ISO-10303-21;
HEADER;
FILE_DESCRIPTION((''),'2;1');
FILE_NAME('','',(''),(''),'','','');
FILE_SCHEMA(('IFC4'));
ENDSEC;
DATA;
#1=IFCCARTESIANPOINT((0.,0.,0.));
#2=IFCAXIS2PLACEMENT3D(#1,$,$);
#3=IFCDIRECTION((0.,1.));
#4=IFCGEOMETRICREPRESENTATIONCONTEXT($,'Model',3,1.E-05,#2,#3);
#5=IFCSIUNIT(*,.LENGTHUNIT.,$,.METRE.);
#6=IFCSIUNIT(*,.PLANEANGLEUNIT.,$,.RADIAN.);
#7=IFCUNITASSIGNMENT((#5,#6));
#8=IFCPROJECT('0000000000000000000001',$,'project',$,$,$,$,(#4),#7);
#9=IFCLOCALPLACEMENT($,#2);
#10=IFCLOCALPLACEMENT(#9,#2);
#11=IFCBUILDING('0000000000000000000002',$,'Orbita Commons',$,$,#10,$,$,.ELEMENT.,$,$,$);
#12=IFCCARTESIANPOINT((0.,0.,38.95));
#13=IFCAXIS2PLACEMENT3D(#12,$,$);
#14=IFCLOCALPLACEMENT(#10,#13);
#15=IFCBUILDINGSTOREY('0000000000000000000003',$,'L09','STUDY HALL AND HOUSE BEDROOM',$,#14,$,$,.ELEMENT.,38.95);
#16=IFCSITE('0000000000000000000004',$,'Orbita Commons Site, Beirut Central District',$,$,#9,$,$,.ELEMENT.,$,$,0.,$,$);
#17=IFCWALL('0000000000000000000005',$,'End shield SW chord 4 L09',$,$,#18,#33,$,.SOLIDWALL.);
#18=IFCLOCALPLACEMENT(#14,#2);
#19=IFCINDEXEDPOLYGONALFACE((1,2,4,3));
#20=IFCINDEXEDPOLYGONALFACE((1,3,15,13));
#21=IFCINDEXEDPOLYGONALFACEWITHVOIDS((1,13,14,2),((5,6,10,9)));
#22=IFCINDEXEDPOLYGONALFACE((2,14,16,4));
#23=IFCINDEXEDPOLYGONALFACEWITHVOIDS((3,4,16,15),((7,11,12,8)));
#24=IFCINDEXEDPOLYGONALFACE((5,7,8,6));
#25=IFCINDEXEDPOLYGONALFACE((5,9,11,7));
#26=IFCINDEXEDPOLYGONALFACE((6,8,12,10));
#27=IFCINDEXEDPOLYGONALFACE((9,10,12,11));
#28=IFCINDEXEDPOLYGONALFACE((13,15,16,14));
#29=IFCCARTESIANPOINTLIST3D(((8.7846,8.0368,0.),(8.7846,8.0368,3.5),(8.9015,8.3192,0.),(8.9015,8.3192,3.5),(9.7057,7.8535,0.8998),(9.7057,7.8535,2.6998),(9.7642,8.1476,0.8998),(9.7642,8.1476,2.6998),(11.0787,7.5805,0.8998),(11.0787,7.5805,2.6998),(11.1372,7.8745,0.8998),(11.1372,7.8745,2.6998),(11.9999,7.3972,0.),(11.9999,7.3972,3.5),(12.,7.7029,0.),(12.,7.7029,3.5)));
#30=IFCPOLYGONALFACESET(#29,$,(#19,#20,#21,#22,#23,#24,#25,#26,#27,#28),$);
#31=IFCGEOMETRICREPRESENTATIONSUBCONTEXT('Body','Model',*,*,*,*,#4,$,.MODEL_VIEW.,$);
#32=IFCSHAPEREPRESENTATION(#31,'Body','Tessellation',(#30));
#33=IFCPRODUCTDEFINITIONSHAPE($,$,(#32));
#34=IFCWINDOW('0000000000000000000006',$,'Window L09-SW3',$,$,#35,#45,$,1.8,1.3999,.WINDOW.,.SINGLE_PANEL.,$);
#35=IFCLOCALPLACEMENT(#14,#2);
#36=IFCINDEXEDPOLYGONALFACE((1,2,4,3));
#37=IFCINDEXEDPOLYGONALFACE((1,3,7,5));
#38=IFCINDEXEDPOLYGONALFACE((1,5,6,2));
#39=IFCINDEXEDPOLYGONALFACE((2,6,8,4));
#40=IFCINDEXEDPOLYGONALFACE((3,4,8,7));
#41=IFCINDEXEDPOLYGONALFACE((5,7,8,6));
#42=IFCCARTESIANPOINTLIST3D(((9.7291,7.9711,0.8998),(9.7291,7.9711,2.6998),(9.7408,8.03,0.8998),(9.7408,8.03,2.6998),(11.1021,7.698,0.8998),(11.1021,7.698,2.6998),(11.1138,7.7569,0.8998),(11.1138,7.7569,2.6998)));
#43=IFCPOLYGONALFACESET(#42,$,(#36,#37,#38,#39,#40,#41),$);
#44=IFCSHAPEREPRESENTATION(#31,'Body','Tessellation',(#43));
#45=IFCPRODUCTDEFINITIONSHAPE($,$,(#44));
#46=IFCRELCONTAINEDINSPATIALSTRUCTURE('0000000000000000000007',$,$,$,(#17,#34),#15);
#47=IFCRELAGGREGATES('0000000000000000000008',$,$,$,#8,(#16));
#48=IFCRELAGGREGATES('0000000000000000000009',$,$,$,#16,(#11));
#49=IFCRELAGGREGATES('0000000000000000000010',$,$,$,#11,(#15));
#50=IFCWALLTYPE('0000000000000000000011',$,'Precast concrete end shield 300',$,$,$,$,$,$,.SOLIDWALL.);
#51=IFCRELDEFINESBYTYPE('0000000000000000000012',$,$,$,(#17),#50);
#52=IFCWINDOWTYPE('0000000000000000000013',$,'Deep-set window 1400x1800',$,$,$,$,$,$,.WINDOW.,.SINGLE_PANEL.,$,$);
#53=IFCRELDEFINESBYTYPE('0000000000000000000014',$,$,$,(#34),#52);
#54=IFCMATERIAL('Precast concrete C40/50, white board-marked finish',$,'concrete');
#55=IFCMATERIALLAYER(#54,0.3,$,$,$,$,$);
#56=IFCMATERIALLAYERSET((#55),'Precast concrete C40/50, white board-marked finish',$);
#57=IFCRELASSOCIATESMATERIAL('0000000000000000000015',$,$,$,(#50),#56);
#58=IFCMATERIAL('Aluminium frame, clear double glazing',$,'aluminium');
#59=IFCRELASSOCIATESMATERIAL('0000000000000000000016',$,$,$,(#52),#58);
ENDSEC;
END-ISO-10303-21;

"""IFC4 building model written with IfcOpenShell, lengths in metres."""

from ifc_helpers import new_model, si_unit, direction, frame, frame_2d, origin, place, context, subcontext, project, spatial, polyline, rectangle, outline, extrude, material, layer, layer_set, type_object, element, fill, save


model = new_model("IFC4")

# Units and contexts
model_context = context("Model", 3, precision=1e-05, world=origin(), true_north=direction((0.0, 1.0)))
body_context = subcontext(model_context, "Body", "Model", "MODEL_VIEW")
ifc_project = project(units=[si_unit("LENGTHUNIT", "METRE"), si_unit("PLANEANGLEUNIT", "RADIAN")], contexts=[model_context])

# Site, building, storey
site_placement = place(None, origin())
site = spatial("IfcSite", under=ifc_project, at=site_placement, Name="Orbita Commons Site, Beirut Central District", CompositionType="ELEMENT", RefElevation=0.0)
building_placement = place(site_placement, origin())
building = spatial("IfcBuilding", under=site, at=building_placement, Name="Orbita Commons", CompositionType="ELEMENT")
storey_placement = place(building_placement, frame((0.0, 0.0, 38.95)))
storey = spatial("IfcBuildingStorey", under=building, at=storey_placement, Name="L09", Description="STUDY HALL AND HOUSE BEDROOM", CompositionType="ELEMENT", Elevation=38.95)

# Wall, opening, window
ifc_material_1 = material(Name="Precast concrete C40/50, white board-marked finish", Category="concrete")
ifc_layer_1 = layer(ifc_material_1, 0.3)
ifc_layer_set_1 = layer_set([ifc_layer_1], Name="Precast concrete C40/50, white board-marked finish")
wall_type_1 = type_object("IfcWallType", Name="Precast concrete end shield 300", PredefinedType="SOLIDWALL", material=ifc_layer_set_1)
ifc_material_2 = material(Name="Aluminium frame, clear double glazing", Category="aluminium")
window_type = type_object("IfcWindowType", Name="Deep-set window 1400x1800", PartitioningType="SINGLE_PANEL", PredefinedType="WINDOW", material=ifc_material_2)
wall_1_placement = place(storey_placement, frame((8.843, 8.178, 0.0), z_axis=(0.0, 0.0, 1.0), x_axis=(0.980787, -0.19508, 0.0)))
wall_1 = element("IfcWall", 1, at=wall_1_placement, inside=storey, type_object=wall_type_1, Name="End shield SW chord 4 L09", PredefinedType="SOLIDWALL", context=body_context, shape_type="SweptSolid", body=[
    extrude(outline(polyline([(-0.0298, -0.1499), (3.2485, -0.1499), (3.189, 0.1499), (0.0298, 0.1499), (-0.0298, -0.1499)])), origin(), (0.0, 0.0, 1.0), 3.5),
])
opening_1_placement = place(wall_1_placement, frame((0.9094, 0.0, 0.8999)))
opening_1 = element("IfcOpeningElement", 2, at=opening_1_placement, cuts=wall_1, PredefinedType="OPENING", context=body_context, shape_type="SweptSolid", body=[
    extrude(rectangle(XDim=1.3999, YDim=1.8, at=frame_2d((0.7, 0.8999))), frame((0.0, 0.1599, 0.0), z_axis=(0.0, -1.0, 0.0), x_axis=(1.0, 0.0, 0.0)), (0.0, 0.0, 1.0), 0.3201),
])
window_1_placement = place(opening_1_placement, origin())
window_1 = element("IfcWindow", 3, at=window_1_placement, inside=storey, type_object=window_type, Name="Window L09-SW3", OverallHeight=1.8, OverallWidth=1.3999, PartitioningType="SINGLE_PANEL", PredefinedType="WINDOW", context=body_context, shape_type="SweptSolid", body=[
    extrude(rectangle(XDim=1.3999, YDim=1.8, at=frame_2d((0.7, 0.8999))), frame((0.0, 0.03, 0.0), z_axis=(0.0, -1.0, 0.0), x_axis=(1.0, 0.0, 0.0)), (0.0, 0.0, 1.0), 0.0601),
])
fill(opening_1, window_1)

save(model, "model.ifc")
